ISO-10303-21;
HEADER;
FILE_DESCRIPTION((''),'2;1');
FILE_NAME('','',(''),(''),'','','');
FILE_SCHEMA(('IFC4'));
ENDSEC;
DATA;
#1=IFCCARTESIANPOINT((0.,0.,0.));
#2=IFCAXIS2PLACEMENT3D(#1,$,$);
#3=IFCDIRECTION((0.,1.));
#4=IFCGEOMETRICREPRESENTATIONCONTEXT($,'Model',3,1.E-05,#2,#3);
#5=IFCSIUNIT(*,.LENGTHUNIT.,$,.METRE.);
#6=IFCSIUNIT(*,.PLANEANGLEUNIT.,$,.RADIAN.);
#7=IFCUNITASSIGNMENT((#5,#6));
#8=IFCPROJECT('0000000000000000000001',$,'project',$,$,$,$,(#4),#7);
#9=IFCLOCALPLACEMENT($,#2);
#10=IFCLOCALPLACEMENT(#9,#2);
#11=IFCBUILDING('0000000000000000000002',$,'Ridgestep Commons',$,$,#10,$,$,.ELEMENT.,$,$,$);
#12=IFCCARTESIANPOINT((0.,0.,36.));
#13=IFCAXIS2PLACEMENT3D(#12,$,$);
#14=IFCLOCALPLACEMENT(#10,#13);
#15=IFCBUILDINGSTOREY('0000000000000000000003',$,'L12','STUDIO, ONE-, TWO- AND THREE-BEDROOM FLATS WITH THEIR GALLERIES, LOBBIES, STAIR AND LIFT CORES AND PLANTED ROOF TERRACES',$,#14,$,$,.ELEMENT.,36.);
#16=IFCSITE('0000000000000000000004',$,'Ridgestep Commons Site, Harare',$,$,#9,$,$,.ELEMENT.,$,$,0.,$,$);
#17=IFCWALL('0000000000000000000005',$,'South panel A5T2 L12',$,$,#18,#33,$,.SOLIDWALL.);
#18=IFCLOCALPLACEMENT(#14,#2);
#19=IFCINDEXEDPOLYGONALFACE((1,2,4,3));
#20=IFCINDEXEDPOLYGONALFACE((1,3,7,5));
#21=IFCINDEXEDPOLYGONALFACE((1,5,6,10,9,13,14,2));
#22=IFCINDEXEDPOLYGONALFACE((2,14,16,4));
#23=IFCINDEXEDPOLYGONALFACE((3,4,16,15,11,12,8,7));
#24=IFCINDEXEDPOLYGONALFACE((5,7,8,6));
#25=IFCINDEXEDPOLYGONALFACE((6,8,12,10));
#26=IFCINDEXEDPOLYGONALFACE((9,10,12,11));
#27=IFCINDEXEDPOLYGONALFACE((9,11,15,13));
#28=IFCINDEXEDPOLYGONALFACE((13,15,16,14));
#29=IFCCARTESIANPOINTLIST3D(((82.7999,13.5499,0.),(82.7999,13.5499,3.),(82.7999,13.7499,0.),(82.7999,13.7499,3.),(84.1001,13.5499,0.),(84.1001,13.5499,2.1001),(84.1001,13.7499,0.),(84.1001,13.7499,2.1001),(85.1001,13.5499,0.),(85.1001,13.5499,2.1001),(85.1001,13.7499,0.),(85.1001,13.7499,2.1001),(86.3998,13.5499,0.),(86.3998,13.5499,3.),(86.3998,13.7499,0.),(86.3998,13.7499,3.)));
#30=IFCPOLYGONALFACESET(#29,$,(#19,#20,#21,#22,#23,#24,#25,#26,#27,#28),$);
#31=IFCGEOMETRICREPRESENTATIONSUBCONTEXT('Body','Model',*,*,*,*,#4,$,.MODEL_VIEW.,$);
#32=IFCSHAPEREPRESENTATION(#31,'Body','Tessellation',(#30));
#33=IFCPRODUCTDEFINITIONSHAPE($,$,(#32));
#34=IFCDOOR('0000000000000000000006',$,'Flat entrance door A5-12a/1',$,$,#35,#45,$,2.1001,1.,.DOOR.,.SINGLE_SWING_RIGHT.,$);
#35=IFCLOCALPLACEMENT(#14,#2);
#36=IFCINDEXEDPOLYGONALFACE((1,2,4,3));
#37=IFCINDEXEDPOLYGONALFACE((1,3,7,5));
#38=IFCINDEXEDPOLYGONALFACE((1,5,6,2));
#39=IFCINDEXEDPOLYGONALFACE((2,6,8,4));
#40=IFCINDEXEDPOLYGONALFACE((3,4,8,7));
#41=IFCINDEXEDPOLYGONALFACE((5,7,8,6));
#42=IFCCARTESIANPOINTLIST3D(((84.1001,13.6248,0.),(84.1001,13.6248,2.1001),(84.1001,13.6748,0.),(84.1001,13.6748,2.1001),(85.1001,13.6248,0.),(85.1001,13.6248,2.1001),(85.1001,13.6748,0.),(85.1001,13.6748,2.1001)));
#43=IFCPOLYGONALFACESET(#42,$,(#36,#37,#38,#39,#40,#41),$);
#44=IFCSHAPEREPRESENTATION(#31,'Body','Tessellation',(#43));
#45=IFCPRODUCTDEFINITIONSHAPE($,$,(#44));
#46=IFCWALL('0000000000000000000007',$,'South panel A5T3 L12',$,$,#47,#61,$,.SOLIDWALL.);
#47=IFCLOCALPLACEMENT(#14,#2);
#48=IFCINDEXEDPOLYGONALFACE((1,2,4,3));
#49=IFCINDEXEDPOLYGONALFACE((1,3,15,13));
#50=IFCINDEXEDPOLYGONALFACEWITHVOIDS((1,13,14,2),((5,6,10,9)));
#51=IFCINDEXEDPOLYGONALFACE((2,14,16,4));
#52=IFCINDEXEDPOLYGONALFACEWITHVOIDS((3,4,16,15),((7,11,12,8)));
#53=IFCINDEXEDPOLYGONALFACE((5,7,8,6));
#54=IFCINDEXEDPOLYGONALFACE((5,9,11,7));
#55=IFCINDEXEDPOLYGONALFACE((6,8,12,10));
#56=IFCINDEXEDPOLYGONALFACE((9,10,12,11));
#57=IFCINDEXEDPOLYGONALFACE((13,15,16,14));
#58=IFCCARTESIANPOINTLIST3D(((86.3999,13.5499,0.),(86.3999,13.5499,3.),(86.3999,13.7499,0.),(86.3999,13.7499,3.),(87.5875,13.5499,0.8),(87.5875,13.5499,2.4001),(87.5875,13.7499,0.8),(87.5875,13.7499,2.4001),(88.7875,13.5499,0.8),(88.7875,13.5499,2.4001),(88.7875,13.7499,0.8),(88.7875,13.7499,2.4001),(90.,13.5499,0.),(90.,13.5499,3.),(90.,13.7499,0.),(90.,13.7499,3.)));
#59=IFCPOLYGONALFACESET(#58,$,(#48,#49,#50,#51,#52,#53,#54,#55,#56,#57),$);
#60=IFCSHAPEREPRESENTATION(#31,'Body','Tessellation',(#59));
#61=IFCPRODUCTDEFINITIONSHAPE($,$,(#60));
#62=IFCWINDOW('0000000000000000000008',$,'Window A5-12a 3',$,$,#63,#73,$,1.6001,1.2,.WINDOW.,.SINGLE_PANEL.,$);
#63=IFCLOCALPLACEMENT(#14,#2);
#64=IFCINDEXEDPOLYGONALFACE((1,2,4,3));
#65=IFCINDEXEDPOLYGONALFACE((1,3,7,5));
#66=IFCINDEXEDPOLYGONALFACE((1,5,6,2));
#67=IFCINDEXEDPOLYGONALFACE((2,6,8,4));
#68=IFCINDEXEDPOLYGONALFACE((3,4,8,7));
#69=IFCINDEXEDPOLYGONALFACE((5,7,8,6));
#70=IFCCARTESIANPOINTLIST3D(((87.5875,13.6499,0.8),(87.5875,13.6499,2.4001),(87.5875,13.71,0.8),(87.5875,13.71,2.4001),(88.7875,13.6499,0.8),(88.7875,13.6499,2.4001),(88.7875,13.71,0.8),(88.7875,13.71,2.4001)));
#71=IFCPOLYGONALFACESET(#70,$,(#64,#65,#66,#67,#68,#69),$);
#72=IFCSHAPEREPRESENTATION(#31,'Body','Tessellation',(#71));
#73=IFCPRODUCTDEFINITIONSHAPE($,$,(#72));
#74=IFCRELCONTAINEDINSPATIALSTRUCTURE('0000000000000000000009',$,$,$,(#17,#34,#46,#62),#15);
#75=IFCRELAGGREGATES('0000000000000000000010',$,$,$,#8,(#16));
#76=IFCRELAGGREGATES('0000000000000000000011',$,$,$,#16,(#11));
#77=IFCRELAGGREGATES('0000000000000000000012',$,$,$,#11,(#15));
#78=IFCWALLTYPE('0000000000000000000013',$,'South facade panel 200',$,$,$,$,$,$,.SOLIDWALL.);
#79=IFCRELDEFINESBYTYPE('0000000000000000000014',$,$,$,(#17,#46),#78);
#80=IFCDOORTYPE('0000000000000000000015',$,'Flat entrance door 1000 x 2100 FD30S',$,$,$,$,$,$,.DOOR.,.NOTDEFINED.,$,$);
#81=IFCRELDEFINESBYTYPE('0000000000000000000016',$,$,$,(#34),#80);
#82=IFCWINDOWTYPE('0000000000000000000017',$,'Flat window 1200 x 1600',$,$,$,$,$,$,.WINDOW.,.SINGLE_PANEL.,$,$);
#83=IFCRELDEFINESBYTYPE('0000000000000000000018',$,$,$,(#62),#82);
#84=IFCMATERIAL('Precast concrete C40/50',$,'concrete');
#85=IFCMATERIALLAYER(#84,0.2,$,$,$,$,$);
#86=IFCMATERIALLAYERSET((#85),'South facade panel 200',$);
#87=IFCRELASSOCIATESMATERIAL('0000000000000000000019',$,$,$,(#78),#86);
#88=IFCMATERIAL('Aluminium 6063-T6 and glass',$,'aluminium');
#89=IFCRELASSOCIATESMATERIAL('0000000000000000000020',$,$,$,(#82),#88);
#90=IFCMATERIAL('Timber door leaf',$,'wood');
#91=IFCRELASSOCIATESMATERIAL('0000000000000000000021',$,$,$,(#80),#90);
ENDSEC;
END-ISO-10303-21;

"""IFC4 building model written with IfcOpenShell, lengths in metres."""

from ifc_helpers import new_model, si_unit, direction, frame, frame_2d, origin, place, context, subcontext, project, spatial, rectangle, extrude, material, layer, layer_set, type_object, element, fill, save


model = new_model("IFC4")

# Units and contexts
model_context = context("Model", 3, precision=1e-05, world=origin(), true_north=direction((0.0, 1.0)))
body_context = subcontext(model_context, "Body", "Model", "MODEL_VIEW")
ifc_project = project(units=[si_unit("LENGTHUNIT", "METRE"), si_unit("PLANEANGLEUNIT", "RADIAN")], contexts=[model_context])

# Site, building, storey
site_placement = place(None, origin())
site = spatial("IfcSite", under=ifc_project, at=site_placement, Name="Ridgestep Commons Site, Harare", CompositionType="ELEMENT", RefElevation=0.0)
building_placement = place(site_placement, origin())
building = spatial("IfcBuilding", under=site, at=building_placement, Name="Ridgestep Commons", CompositionType="ELEMENT")
storey_placement = place(building_placement, frame((0.0, 0.0, 36.0)))
storey = spatial("IfcBuildingStorey", under=building, at=storey_placement, Name="L12", Description="STUDIO, ONE-, TWO- AND THREE-BEDROOM FLATS WITH THEIR GALLERIES, LOBBIES, STAIR AND LIFT CORES AND PLANTED ROOF TERRACES", CompositionType="ELEMENT", Elevation=36.0)

# Shared definitions
ifc_material_1 = material(Name="Precast concrete C40/50", Category="concrete")
ifc_layer_1 = layer(ifc_material_1, 0.2)
ifc_layer_set_1 = layer_set([ifc_layer_1], Name="South facade panel 200")
wall_type_1 = type_object("IfcWallType", Name="South facade panel 200", PredefinedType="SOLIDWALL", material=ifc_layer_set_1)
ifc_material_2 = material(Name="Aluminium 6063-T6 and glass", Category="aluminium")
window_type = type_object("IfcWindowType", Name="Flat window 1200 x 1600", PartitioningType="SINGLE_PANEL", PredefinedType="WINDOW", material=ifc_material_2)

# Wall, opening, door
wall_1_placement = place(storey_placement, frame((82.8, 13.6499, 0.0), z_axis=(0.0, 0.0, 1.0), x_axis=(1.0, 0.0, 0.0)))
wall_1 = element("IfcWall", 1, at=wall_1_placement, inside=storey, type_object=wall_type_1, Name="South panel A5T2 L12", PredefinedType="SOLIDWALL", context=body_context, shape_type="SweptSolid", body=[
    extrude(rectangle(XDim=3.5999, YDim=0.2, at=frame_2d((1.7998, 0.0))), origin(), (0.0, 0.0, 1.0), 3.0),
])
opening_1_placement = place(wall_1_placement, frame((1.3, 0.0, 0.0)))
opening_1 = element("IfcOpeningElement", 2, at=opening_1_placement, cuts=wall_1, PredefinedType="OPENING", context=body_context, shape_type="SweptSolid", body=[
    extrude(rectangle(XDim=1.0, YDim=2.1001, at=frame_2d((0.5, 1.05))), frame((0.0, 0.1099, 0.0), z_axis=(0.0, -1.0, 0.0), x_axis=(1.0, 0.0, 0.0)), (0.0, 0.0, 1.0), 0.22),
])
ifc_material_3 = material(Name="Timber door leaf", Category="wood")
door_type_1 = type_object("IfcDoorType", Name="Flat entrance door 1000 x 2100 FD30S", OperationType="NOTDEFINED", PredefinedType="DOOR", material=ifc_material_3)
door_1_placement = place(opening_1_placement, origin())
door_1 = element("IfcDoor", 3, at=door_1_placement, inside=storey, type_object=door_type_1, Name="Flat entrance door A5-12a/1", OperationType="SINGLE_SWING_RIGHT", OverallHeight=2.1001, OverallWidth=1.0, PredefinedType="DOOR", context=body_context, shape_type="SweptSolid", body=[
    extrude(rectangle(XDim=1.0, YDim=2.1001, at=frame_2d((0.5, 1.05))), frame((0.0, 0.0249, 0.0), z_axis=(0.0, -1.0, 0.0), x_axis=(1.0, 0.0, 0.0)), (0.0, 0.0, 1.0), 0.05),
])
fill(opening_1, door_1)

# Wall, opening, window
wall_2_placement = place(storey_placement, frame((86.3999, 13.6499, 0.0), z_axis=(0.0, 0.0, 1.0), x_axis=(1.0, 0.0, 0.0)))
wall_2 = element("IfcWall", 4, at=wall_2_placement, inside=storey, type_object=wall_type_1, Name="South panel A5T3 L12", PredefinedType="SOLIDWALL", context=body_context, shape_type="SweptSolid", body=[
    extrude(rectangle(XDim=3.6001, YDim=0.2, at=frame_2d((1.8, 0.0))), origin(), (0.0, 0.0, 1.0), 3.0),
])
opening_2_placement = place(wall_2_placement, frame((1.1875, 0.0, 0.8)))
opening_2 = element("IfcOpeningElement", 5, at=opening_2_placement, cuts=wall_2, PredefinedType="OPENING", context=body_context, shape_type="SweptSolid", body=[
    extrude(rectangle(XDim=1.2, YDim=1.6001, at=frame_2d((0.6001, 0.8))), frame((0.0, 0.1099, 0.0), z_axis=(0.0, -1.0, 0.0), x_axis=(1.0, 0.0, 0.0)), (0.0, 0.0, 1.0), 0.22),
])
window_1_placement = place(opening_2_placement, origin())
window_1 = element("IfcWindow", 6, at=window_1_placement, inside=storey, type_object=window_type, Name="Window A5-12a 3", OverallHeight=1.6001, OverallWidth=1.2, PartitioningType="SINGLE_PANEL", PredefinedType="WINDOW", context=body_context, shape_type="SweptSolid", body=[
    extrude(rectangle(XDim=1.2, YDim=1.6001, at=frame_2d((0.6001, 0.8))), frame((0.0, 0.0601, 0.0), z_axis=(0.0, -1.0, 0.0), x_axis=(1.0, 0.0, 0.0)), (0.0, 0.0, 1.0), 0.0601),
])
fill(opening_2, window_1)

save(model, "model.ifc")
